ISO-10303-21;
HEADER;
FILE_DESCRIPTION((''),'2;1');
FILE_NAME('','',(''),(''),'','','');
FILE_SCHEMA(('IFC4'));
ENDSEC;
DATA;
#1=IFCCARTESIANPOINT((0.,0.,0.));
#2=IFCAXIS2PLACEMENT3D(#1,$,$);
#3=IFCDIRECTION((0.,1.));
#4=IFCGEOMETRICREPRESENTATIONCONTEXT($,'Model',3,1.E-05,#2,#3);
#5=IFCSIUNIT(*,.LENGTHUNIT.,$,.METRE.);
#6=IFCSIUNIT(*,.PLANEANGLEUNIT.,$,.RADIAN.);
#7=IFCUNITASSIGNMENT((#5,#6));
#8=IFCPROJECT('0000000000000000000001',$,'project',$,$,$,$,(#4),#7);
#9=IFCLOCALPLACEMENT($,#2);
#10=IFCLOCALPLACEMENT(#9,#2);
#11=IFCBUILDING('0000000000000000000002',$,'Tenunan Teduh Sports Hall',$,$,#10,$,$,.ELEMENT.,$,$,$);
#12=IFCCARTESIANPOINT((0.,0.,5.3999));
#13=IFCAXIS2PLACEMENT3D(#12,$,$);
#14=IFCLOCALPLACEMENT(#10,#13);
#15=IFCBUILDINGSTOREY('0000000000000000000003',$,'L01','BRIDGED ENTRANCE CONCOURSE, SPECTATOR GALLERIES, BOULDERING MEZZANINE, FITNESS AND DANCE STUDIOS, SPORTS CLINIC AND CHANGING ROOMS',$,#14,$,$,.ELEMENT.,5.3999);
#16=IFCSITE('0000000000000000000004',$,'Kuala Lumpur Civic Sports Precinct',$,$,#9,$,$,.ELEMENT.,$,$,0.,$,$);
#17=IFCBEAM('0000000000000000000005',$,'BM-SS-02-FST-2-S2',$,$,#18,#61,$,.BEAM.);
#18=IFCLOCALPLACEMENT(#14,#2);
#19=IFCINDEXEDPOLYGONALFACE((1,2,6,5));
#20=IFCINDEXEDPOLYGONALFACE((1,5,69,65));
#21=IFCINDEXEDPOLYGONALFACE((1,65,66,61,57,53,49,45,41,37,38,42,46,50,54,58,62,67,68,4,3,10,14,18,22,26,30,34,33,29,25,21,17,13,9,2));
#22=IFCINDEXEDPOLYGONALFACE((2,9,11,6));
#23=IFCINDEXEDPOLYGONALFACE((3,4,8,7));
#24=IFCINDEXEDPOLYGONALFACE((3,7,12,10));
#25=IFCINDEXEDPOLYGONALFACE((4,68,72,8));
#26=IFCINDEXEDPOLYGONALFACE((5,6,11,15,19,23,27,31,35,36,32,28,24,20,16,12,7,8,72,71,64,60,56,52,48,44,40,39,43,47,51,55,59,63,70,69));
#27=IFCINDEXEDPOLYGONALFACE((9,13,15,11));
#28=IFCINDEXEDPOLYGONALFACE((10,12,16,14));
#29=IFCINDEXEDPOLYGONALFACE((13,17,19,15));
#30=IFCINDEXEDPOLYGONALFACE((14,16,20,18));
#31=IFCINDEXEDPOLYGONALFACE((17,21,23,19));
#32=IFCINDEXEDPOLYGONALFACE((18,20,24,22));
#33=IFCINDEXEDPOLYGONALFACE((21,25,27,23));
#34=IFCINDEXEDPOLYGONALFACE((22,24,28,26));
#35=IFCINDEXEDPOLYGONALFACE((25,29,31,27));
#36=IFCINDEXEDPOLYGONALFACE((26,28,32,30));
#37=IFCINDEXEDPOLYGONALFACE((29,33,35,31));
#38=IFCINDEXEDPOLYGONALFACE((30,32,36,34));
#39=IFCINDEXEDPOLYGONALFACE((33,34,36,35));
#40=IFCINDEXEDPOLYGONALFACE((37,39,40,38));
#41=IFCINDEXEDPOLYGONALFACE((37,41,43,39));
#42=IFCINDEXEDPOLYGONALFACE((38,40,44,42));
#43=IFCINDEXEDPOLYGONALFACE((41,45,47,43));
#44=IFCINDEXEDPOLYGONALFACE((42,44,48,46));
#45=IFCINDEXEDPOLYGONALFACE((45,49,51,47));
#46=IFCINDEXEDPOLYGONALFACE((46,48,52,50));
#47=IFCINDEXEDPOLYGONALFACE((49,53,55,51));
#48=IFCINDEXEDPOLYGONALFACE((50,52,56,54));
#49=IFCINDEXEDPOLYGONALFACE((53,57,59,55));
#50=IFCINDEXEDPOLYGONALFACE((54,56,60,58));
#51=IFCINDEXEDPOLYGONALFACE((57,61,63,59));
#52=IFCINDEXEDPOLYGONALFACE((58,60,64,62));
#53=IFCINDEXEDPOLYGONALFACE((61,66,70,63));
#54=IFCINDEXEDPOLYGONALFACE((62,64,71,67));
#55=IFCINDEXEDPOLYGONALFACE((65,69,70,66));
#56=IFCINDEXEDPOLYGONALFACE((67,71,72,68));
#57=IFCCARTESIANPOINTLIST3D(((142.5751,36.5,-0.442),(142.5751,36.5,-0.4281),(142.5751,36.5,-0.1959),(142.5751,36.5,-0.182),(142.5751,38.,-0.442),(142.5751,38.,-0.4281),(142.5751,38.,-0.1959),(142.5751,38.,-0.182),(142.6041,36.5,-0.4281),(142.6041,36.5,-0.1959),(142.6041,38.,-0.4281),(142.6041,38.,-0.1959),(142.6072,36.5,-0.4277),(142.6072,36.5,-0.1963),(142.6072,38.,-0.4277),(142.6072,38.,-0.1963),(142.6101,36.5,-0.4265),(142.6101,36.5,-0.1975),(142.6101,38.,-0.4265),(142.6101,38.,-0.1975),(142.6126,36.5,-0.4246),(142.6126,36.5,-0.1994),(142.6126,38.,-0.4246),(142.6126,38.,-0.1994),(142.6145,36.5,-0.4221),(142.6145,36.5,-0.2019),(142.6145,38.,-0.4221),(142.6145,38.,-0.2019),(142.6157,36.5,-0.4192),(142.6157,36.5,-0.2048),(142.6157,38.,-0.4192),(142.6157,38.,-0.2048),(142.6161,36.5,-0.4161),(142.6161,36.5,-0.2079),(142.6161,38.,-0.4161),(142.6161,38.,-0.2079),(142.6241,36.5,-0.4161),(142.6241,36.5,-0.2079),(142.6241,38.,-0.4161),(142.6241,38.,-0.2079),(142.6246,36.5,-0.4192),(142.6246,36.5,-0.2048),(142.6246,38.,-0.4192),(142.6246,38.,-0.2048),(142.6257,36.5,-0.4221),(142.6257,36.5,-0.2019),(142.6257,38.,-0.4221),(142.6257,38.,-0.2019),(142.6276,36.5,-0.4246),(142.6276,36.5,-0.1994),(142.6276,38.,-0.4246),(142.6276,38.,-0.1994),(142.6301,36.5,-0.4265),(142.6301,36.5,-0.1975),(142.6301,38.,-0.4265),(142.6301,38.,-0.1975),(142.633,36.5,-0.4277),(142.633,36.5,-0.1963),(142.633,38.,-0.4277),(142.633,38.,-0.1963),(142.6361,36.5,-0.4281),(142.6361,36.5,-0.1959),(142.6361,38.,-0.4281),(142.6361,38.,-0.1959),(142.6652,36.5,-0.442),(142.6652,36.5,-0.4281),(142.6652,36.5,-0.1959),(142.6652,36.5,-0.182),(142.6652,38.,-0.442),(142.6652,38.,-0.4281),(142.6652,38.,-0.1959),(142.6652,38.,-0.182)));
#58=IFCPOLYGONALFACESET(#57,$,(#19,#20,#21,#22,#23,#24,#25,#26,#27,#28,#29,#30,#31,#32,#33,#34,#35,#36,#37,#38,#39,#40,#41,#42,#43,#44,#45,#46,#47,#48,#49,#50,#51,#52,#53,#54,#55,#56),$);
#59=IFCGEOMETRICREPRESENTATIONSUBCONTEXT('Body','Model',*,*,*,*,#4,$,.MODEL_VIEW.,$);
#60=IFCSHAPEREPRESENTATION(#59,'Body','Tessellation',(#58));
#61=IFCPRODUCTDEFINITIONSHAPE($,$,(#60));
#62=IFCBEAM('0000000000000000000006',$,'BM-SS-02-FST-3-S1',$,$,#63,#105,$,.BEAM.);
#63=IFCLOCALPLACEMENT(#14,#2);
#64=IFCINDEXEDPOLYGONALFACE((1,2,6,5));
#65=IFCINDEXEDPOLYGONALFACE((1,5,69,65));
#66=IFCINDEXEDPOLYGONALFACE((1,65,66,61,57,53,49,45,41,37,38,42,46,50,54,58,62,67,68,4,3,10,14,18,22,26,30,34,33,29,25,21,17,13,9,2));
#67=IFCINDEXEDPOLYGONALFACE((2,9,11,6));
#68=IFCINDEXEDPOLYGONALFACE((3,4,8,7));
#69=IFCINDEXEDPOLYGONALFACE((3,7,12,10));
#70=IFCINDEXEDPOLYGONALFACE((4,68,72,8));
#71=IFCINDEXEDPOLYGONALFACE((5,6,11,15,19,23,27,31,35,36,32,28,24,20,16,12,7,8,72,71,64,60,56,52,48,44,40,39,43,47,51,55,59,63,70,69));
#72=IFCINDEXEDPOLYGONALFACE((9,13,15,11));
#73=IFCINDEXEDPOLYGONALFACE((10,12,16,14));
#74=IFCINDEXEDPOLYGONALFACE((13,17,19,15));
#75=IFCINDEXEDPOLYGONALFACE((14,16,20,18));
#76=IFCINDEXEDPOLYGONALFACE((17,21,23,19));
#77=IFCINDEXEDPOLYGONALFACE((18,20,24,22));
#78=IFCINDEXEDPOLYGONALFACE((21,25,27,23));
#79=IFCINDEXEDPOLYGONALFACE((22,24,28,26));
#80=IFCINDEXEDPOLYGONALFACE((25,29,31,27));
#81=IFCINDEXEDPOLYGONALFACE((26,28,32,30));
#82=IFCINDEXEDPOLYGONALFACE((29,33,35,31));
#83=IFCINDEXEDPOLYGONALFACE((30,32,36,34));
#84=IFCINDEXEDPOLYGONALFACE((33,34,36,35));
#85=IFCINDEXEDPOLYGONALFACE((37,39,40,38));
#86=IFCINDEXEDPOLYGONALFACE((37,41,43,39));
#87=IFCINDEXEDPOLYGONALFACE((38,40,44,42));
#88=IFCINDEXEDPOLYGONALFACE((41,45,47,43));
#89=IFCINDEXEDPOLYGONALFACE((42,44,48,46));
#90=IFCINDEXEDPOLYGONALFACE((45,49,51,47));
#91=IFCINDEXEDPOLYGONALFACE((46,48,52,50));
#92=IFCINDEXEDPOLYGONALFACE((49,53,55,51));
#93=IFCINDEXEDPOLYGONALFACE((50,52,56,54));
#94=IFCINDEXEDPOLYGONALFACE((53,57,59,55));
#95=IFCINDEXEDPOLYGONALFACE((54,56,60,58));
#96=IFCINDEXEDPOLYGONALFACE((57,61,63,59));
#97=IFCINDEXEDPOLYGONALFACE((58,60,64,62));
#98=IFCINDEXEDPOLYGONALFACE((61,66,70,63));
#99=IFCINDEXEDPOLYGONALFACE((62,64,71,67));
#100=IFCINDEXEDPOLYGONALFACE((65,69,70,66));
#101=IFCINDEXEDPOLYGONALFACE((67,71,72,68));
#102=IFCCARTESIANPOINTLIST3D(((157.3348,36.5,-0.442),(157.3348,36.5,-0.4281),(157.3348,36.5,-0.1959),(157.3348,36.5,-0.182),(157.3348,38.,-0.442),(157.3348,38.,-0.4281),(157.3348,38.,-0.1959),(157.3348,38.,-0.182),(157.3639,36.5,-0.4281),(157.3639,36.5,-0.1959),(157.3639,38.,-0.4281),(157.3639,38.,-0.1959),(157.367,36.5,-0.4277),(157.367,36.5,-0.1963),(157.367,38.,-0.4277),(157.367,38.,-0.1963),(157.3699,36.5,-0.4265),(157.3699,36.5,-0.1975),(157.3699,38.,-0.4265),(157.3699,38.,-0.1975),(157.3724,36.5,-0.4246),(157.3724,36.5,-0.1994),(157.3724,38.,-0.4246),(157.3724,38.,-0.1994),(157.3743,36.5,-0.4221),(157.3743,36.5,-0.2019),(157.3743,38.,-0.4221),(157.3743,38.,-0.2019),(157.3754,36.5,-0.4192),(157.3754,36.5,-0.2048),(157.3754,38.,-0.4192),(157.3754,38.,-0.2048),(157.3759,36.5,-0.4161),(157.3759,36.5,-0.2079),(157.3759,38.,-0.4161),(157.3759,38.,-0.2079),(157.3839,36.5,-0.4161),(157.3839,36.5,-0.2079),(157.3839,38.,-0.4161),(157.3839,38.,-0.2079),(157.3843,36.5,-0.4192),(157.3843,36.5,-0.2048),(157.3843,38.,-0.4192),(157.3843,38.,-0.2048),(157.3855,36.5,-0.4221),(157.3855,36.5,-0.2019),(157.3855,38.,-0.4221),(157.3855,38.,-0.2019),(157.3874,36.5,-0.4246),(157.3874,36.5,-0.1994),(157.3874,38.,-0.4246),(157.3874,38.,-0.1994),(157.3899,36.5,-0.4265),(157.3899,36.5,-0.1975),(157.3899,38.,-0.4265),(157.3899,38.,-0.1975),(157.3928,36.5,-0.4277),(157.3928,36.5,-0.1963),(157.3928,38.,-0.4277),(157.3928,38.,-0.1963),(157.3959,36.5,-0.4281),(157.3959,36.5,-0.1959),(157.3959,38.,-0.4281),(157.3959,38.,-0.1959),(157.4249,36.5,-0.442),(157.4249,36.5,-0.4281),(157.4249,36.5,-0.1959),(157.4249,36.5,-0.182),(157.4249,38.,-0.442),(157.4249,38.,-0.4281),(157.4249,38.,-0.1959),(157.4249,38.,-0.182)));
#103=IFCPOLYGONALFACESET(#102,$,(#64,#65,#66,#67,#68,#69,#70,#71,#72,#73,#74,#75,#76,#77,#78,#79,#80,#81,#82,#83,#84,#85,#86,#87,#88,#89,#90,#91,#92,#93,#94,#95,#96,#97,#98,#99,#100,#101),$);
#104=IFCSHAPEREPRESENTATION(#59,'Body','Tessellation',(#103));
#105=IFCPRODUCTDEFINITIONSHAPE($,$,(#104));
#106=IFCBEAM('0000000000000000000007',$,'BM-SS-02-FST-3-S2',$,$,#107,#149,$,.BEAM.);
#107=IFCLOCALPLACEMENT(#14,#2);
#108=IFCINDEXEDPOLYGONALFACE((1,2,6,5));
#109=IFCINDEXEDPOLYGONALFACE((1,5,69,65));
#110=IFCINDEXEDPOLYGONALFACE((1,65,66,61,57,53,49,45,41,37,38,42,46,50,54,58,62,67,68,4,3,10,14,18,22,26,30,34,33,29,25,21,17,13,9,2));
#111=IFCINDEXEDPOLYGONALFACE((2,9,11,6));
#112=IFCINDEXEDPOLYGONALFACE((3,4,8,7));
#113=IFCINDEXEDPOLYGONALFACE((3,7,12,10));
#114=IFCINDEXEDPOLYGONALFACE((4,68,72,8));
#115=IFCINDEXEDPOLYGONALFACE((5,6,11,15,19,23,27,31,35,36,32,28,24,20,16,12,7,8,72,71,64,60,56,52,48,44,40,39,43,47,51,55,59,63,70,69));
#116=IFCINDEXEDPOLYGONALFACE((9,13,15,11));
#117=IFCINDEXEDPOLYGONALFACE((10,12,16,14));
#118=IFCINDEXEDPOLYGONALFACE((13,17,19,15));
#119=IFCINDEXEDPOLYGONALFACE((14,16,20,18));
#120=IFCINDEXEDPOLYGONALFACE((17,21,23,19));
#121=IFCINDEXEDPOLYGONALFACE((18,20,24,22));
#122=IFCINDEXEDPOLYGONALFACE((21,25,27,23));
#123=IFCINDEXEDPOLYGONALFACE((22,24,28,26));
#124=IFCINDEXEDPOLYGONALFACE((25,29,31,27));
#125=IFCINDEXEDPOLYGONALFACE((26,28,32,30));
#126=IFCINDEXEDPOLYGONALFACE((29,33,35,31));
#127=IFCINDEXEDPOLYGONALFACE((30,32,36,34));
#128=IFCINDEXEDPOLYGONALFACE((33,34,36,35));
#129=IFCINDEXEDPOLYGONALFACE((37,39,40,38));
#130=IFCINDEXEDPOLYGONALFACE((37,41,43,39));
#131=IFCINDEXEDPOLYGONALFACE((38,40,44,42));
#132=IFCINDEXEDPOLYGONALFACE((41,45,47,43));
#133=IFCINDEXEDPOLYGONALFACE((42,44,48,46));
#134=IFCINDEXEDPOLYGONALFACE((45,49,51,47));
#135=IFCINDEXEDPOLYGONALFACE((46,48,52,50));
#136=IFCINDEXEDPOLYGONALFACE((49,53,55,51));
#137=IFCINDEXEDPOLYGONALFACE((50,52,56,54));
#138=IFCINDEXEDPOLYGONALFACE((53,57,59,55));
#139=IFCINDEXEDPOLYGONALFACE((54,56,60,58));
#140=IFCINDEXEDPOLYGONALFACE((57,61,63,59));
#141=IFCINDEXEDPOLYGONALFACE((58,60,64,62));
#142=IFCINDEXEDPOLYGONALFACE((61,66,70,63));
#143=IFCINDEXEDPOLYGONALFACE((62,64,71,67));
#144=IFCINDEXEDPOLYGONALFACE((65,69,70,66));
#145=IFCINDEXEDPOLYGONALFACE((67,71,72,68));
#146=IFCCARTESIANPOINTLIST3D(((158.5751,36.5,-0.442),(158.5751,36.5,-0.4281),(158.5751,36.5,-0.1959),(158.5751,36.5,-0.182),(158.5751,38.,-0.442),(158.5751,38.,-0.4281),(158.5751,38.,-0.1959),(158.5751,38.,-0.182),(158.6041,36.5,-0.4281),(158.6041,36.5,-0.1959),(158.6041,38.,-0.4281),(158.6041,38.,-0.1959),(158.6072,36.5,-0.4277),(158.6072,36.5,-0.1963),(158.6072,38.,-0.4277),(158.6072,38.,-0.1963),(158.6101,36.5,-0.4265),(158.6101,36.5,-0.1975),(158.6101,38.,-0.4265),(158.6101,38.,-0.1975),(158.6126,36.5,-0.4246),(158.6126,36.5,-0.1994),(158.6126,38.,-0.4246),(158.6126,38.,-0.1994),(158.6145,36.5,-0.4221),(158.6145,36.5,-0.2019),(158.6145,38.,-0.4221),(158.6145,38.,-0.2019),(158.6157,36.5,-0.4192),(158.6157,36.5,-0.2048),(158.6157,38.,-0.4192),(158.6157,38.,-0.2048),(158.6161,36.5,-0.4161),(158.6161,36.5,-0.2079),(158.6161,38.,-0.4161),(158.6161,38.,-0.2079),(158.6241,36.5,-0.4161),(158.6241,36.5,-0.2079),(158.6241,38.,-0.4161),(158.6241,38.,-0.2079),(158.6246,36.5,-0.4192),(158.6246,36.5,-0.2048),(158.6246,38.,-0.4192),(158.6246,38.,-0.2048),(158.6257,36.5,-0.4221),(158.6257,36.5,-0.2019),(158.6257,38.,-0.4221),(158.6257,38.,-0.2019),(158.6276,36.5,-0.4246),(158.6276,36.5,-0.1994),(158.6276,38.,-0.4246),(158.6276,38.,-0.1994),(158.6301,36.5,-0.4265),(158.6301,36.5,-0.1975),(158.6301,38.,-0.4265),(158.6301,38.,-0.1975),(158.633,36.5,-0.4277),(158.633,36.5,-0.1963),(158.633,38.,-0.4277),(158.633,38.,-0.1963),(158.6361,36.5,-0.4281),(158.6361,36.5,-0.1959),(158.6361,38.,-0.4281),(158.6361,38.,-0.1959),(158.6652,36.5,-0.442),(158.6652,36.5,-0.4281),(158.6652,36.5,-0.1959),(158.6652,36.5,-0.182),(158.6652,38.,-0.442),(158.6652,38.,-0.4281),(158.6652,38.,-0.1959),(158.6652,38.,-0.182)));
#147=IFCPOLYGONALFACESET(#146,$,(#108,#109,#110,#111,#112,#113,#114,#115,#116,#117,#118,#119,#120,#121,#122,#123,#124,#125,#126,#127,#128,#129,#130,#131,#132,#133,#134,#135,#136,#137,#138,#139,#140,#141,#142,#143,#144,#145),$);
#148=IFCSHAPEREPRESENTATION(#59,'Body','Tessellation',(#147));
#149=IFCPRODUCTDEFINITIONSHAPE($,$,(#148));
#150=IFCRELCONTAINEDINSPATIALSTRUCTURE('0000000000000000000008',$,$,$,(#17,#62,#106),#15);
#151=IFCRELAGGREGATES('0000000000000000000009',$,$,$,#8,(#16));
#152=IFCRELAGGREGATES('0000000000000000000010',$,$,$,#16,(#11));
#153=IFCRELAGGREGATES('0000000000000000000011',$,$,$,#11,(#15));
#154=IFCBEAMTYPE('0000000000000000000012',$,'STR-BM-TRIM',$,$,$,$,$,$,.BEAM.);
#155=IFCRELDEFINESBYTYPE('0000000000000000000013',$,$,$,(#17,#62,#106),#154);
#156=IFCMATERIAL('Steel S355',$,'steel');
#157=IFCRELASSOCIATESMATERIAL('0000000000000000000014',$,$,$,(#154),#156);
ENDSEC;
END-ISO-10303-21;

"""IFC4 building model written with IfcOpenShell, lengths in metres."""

from ifc_helpers import new_model, si_unit, direction, frame, origin, origin_2d, place, context, subcontext, project, spatial, i_section, extrude, material, material_profile, profile_set, type_object, element, save


model = new_model("IFC4")

# Units and contexts
model_context = context("Model", 3, precision=1e-05, world=origin(), true_north=direction((0.0, 1.0)))
body_context = subcontext(model_context, "Body", "Model", "MODEL_VIEW")
ifc_project = project(units=[si_unit("LENGTHUNIT", "METRE"), si_unit("PLANEANGLEUNIT", "RADIAN")], contexts=[model_context])

# Site, building, storey
site_placement = place(None, origin())
site = spatial("IfcSite", under=ifc_project, at=site_placement, Name="Kuala Lumpur Civic Sports Precinct", CompositionType="ELEMENT", RefElevation=0.0)
building_placement = place(site_placement, origin())
building = spatial("IfcBuilding", under=site, at=building_placement, Name="Tenunan Teduh Sports Hall", CompositionType="ELEMENT")
storey_placement = place(building_placement, frame((0.0, 0.0, 5.3999)))
storey = spatial("IfcBuildingStorey", under=building, at=storey_placement, Name="L01", Description="BRIDGED ENTRANCE CONCOURSE, SPECTATOR GALLERIES, BOULDERING MEZZANINE, FITNESS AND DANCE STUDIOS, SPORTS CLINIC AND CHANGING ROOMS", CompositionType="ELEMENT", Elevation=5.3999)

# Beams
ifc_material_1 = material(Name="Steel S355", Category="steel")
ifc_material_profile_1 = material_profile(ifc_material_1, i_section(OverallWidth=0.0901, OverallDepth=0.26, WebThickness=0.0081, FlangeThickness=0.0139, FilletRadius=0.012, at=origin_2d()), Name="PFC 260x90")
ifc_profile_set_1 = profile_set([ifc_material_profile_1], Name="Steel S355")
beam_type_1 = type_object("IfcBeamType", Name="STR-BM-TRIM", PredefinedType="BEAM", material=ifc_profile_set_1)
for number, where, z_axis, x_axis, name in (
    (1, (142.6201, 36.5, -0.312), (0.0, 1.0, 0.0), (-1.0, 0.0, 0.0), "BM-SS-02-FST-2-S2"),
    (2, (157.3799, 36.5, -0.312), (0.0, 1.0, 0.0), (-1.0, 0.0, 0.0), "BM-SS-02-FST-3-S1"),
    (3, (158.6201, 36.5, -0.312), (0.0, 1.0, 0.0), (-1.0, 0.0, 0.0), "BM-SS-02-FST-3-S2"),
):
    element("IfcBeam", number, at=place(storey_placement, frame(where, z_axis=z_axis, x_axis=x_axis)), inside=storey, type_object=beam_type_1, Name=name, PredefinedType="BEAM", context=body_context, shape_type="SweptSolid", body=[
        extrude(i_section(OverallWidth=0.0901, OverallDepth=0.26, WebThickness=0.0081, FlangeThickness=0.0139, FilletRadius=0.012, at=origin_2d()), origin(), (0.0, 0.0, 1.0), 1.5),
    ])

save(model, "model.ifc")
